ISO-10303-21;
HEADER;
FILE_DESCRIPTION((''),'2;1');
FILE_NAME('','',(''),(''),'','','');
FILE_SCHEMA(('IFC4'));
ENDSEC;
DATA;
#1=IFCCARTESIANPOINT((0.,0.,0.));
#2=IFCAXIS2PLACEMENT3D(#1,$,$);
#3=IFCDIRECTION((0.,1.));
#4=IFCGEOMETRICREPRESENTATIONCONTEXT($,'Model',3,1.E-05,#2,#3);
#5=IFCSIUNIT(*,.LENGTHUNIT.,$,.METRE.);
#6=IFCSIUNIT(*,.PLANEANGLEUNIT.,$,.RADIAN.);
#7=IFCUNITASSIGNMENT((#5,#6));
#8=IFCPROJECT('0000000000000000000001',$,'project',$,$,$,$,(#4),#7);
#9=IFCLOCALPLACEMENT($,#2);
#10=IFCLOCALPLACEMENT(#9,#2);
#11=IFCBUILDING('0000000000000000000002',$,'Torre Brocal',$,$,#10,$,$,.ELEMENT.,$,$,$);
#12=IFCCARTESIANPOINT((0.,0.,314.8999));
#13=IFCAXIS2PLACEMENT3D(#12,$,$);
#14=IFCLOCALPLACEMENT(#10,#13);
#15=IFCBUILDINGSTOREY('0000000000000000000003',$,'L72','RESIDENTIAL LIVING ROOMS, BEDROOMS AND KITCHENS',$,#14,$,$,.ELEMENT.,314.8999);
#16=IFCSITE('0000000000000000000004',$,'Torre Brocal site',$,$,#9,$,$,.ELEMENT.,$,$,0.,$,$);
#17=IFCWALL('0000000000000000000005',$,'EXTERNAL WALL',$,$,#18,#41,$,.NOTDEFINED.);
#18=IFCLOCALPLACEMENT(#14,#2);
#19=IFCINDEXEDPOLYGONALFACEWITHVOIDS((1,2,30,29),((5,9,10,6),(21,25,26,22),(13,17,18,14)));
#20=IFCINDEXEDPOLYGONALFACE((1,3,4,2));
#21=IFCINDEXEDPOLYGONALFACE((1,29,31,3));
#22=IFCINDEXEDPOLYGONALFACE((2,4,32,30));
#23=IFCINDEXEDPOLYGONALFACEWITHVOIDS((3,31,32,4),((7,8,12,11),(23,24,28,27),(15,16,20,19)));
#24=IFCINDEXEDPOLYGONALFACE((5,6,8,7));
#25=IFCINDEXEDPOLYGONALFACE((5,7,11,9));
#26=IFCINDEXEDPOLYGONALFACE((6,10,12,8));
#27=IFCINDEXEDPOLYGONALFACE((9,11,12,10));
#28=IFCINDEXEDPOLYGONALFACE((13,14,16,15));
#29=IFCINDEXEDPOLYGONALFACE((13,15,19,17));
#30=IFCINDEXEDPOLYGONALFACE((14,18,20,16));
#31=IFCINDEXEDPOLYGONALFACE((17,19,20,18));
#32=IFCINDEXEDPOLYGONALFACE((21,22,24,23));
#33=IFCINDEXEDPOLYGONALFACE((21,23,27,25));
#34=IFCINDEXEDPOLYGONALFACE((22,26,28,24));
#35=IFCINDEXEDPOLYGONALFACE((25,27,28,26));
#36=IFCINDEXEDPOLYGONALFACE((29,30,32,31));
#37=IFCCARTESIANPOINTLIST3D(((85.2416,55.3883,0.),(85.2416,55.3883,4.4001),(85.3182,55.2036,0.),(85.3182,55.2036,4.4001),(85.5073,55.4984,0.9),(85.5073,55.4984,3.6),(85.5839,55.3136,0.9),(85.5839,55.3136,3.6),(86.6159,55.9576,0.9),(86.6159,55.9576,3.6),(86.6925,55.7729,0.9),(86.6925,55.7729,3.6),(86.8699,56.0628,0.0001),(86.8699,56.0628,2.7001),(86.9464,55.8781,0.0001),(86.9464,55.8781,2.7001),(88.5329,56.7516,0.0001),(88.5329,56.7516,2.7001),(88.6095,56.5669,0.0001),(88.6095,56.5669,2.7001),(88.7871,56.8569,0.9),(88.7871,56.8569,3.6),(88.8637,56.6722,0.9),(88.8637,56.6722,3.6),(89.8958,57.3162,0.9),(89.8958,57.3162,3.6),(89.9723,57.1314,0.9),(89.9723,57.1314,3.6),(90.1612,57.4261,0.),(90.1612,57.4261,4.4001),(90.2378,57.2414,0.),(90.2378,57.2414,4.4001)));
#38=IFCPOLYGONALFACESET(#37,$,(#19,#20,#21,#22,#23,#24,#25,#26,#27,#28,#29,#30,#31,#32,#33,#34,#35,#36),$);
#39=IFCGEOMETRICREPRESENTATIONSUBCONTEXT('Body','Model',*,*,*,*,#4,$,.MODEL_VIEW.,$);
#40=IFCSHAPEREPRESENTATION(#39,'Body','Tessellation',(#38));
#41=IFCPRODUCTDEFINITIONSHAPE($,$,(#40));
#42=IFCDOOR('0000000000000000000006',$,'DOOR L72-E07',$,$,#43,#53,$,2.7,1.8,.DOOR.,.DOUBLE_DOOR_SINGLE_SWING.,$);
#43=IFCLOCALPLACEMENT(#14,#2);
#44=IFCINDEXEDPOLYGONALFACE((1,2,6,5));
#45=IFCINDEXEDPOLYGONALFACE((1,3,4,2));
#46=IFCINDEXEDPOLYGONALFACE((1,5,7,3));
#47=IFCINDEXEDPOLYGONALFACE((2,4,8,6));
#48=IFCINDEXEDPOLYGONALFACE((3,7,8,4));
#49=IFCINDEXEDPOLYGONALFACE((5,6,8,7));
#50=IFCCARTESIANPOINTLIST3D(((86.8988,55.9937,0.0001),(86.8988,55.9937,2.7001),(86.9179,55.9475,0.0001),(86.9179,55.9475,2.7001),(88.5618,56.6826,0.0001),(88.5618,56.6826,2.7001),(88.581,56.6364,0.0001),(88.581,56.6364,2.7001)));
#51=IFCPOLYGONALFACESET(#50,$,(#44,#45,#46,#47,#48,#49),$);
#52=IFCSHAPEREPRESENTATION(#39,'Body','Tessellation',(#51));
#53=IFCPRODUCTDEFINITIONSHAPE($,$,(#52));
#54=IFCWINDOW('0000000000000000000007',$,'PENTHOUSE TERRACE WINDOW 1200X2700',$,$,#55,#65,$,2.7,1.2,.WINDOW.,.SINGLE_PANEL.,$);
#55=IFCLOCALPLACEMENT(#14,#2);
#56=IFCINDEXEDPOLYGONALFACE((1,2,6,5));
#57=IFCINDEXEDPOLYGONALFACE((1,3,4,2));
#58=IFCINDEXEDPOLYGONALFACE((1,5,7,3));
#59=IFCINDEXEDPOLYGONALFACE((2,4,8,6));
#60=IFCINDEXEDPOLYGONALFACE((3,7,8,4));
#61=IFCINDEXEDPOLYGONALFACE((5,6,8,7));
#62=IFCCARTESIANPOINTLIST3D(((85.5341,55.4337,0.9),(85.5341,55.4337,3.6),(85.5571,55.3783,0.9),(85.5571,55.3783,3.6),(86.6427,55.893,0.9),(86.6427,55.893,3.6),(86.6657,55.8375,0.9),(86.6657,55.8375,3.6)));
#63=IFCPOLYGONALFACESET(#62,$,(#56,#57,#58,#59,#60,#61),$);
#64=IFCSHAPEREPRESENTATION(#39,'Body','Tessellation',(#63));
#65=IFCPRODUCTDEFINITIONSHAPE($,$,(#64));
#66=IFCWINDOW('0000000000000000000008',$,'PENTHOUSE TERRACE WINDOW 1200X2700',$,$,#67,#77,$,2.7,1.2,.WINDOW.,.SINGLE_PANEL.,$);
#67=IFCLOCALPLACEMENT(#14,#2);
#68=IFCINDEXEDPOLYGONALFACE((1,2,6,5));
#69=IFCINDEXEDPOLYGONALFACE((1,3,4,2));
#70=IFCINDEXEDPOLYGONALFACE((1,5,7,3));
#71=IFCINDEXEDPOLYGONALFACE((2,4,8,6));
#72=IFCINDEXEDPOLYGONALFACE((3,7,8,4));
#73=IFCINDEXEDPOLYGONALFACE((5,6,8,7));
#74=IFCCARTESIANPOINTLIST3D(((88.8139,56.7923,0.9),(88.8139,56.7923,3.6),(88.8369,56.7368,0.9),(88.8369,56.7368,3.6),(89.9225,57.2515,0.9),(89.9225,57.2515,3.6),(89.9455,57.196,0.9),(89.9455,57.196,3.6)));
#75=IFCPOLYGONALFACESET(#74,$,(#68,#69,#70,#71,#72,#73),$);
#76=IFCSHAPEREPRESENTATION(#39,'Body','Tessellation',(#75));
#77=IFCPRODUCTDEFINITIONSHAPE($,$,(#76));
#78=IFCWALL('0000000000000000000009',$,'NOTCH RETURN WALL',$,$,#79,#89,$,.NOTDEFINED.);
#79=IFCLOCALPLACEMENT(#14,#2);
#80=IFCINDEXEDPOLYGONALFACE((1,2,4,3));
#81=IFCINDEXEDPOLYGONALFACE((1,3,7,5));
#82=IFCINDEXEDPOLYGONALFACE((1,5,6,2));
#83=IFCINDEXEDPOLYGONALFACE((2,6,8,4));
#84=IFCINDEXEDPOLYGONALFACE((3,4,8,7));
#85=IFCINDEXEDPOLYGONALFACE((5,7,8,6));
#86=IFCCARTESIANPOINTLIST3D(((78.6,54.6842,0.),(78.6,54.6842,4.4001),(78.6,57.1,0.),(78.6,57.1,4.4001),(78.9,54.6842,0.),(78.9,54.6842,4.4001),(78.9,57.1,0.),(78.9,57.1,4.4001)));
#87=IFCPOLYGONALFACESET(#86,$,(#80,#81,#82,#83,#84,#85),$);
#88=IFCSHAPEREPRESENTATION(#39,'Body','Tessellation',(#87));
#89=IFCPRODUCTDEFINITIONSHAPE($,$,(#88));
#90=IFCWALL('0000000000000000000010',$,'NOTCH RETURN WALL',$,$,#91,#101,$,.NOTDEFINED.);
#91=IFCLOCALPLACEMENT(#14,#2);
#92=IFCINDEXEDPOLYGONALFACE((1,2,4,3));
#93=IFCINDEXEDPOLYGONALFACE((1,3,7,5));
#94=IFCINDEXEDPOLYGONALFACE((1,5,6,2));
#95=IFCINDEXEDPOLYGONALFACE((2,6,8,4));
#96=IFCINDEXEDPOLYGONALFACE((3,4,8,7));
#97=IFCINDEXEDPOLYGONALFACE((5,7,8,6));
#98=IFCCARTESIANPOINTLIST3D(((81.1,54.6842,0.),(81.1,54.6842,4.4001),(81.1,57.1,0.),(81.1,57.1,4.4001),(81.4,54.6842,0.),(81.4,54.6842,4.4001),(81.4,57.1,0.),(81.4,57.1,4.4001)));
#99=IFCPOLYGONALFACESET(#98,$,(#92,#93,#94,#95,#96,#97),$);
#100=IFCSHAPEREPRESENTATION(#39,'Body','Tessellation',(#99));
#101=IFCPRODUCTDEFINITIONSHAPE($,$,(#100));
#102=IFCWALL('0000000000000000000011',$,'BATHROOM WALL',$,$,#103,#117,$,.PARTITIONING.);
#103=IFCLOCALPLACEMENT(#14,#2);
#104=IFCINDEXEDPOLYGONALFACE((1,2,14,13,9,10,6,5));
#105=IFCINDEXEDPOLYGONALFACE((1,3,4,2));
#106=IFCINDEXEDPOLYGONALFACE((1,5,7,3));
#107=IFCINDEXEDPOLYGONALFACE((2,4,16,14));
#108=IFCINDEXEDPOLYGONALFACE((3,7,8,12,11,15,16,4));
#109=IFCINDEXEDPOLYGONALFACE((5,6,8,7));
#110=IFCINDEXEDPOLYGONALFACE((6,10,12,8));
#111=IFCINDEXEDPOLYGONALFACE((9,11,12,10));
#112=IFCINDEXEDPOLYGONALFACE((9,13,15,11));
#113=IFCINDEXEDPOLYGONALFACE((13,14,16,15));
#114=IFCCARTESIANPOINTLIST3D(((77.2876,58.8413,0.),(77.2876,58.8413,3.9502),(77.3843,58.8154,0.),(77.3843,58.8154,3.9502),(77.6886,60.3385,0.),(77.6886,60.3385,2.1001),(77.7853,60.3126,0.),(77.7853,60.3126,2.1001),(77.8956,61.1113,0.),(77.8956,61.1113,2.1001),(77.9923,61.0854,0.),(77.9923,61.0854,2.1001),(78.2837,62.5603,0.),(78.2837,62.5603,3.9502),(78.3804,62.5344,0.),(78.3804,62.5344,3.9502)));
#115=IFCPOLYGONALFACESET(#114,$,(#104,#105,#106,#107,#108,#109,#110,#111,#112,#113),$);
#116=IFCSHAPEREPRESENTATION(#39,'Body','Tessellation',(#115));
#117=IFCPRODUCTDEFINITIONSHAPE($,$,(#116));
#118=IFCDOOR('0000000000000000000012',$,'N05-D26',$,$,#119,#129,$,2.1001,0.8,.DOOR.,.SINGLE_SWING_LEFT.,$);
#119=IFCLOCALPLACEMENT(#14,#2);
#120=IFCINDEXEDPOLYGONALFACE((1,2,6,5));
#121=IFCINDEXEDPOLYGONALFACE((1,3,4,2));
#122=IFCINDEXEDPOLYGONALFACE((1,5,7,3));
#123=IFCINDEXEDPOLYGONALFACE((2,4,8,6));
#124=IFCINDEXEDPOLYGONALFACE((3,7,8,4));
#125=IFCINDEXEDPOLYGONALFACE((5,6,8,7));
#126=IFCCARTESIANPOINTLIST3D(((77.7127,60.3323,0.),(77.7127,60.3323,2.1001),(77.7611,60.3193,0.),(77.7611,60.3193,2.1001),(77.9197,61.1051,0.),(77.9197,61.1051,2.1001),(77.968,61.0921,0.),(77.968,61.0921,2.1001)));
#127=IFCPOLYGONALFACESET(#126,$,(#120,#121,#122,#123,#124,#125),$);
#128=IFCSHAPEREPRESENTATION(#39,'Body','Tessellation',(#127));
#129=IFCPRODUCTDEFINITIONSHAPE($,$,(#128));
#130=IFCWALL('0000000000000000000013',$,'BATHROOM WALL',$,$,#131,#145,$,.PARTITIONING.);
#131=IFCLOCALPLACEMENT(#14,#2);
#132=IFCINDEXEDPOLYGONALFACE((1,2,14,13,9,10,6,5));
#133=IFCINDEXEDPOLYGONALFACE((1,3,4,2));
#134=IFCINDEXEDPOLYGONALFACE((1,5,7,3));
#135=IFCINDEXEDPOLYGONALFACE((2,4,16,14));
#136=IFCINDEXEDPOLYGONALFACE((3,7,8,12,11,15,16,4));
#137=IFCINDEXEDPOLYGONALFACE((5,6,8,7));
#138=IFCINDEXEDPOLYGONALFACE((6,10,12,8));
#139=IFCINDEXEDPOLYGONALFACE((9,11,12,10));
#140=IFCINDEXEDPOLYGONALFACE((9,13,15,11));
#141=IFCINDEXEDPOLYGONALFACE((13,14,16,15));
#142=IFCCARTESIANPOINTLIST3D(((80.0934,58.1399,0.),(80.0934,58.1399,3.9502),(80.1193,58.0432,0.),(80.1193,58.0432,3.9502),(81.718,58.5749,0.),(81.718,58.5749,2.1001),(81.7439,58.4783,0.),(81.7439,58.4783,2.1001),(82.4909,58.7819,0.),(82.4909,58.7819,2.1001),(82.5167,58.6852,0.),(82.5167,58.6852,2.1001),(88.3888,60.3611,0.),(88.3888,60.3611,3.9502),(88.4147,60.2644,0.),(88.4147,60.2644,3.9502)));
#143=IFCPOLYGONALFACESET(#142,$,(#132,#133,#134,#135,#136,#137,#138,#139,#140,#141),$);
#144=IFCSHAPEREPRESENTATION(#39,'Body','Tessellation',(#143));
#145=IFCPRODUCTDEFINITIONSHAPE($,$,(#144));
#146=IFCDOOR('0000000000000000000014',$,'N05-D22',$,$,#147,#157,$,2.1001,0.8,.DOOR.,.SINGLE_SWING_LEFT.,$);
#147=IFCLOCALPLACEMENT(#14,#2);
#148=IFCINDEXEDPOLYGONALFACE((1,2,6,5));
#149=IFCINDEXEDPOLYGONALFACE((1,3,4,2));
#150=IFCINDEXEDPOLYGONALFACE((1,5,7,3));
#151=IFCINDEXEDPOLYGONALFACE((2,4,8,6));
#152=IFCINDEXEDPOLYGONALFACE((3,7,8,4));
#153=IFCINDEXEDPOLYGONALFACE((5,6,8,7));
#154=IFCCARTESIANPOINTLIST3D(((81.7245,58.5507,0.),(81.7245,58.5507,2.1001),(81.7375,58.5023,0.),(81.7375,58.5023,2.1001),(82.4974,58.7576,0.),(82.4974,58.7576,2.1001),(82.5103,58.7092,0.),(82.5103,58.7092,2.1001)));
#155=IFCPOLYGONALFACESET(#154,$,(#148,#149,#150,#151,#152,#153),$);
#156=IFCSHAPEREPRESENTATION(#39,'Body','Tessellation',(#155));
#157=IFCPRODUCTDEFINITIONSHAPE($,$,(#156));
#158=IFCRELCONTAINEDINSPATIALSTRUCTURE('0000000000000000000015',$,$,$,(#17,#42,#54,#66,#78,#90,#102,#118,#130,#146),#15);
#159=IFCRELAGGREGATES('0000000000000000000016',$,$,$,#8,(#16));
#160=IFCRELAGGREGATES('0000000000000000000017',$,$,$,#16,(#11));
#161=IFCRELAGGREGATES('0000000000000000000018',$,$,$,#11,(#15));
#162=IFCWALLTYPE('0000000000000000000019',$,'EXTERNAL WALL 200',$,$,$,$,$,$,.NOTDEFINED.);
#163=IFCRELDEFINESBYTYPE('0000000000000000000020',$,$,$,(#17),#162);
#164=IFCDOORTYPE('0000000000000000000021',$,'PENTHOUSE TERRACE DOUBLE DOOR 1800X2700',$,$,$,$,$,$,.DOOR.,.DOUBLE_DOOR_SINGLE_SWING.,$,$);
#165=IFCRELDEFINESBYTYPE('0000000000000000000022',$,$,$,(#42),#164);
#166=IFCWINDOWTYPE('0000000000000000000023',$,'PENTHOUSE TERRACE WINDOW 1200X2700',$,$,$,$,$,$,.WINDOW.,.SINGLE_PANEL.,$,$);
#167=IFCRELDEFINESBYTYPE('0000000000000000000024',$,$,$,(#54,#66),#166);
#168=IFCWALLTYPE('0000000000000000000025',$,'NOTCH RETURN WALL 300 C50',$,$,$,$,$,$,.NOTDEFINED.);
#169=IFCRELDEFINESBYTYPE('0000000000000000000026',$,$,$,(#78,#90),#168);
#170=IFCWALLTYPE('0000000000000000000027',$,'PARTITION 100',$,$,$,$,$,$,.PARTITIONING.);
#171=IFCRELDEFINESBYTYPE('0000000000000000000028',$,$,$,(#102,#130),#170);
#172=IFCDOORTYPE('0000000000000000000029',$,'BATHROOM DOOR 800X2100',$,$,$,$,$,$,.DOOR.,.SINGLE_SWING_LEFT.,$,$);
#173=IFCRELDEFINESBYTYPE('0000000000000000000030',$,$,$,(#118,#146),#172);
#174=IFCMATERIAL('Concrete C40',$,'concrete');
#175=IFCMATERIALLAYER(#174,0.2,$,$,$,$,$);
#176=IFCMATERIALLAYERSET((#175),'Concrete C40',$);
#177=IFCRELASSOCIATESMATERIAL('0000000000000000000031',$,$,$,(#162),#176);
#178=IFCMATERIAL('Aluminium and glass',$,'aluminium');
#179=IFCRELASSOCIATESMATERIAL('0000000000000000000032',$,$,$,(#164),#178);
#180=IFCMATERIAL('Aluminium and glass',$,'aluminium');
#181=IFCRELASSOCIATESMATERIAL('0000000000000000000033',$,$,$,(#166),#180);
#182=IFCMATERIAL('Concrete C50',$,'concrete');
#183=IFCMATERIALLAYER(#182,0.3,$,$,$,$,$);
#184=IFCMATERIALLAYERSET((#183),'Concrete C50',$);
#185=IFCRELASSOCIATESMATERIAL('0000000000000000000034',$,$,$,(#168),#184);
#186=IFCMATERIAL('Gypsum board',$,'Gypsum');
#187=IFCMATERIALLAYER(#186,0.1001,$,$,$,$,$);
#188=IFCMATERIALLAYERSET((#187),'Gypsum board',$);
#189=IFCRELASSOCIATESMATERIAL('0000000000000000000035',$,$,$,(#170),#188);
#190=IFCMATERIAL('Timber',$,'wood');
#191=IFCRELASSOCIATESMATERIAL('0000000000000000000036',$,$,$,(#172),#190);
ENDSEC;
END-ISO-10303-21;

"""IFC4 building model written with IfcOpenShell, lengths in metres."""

from ifc_helpers import new_model, si_unit, direction, frame, frame_2d, origin, place, context, subcontext, project, spatial, rectangle, extrude, material, layer, layer_set, type_object, element, fill, save


model = new_model("IFC4")

# Units and contexts
model_context = context("Model", 3, precision=1e-05, world=origin(), true_north=direction((0.0, 1.0)))
body_context = subcontext(model_context, "Body", "Model", "MODEL_VIEW")
ifc_project = project(units=[si_unit("LENGTHUNIT", "METRE"), si_unit("PLANEANGLEUNIT", "RADIAN")], contexts=[model_context])

# Site, building, storey
site_placement = place(None, origin())
site = spatial("IfcSite", under=ifc_project, at=site_placement, Name="Torre Brocal site", CompositionType="ELEMENT", RefElevation=0.0)
building_placement = place(site_placement, origin())
building = spatial("IfcBuilding", under=site, at=building_placement, Name="Torre Brocal", CompositionType="ELEMENT")
storey_placement = place(building_placement, frame((0.0, 0.0, 314.8999)))
storey = spatial("IfcBuildingStorey", under=building, at=storey_placement, Name="L72", Description="RESIDENTIAL LIVING ROOMS, BEDROOMS AND KITCHENS", CompositionType="ELEMENT", Elevation=314.8999)

# Wall, openings, door, windows
ifc_material_1 = material(Name="Concrete C40", Category="concrete")
ifc_layer_1 = layer(ifc_material_1, 0.2)
ifc_layer_set_1 = layer_set([ifc_layer_1], Name="Concrete C40")
wall_type_1 = type_object("IfcWallType", Name="EXTERNAL WALL 200", PredefinedType="NOTDEFINED", material=ifc_layer_set_1)
wall_1_placement = place(storey_placement, frame((85.2798, 55.2959, 0.0), z_axis=(0.0, 0.0, 1.0), x_axis=(0.923877, 0.382691, 0.0)))
wall_1 = element("IfcWall", 1, at=wall_1_placement, inside=storey, type_object=wall_type_1, Name="EXTERNAL WALL", PredefinedType="NOTDEFINED", context=body_context, shape_type="SweptSolid", body=[
    extrude(rectangle(XDim=5.325, YDim=0.2, at=frame_2d((2.6626, 0.0))), origin(), (0.0, 0.0, 1.0), 4.4001),
])
opening_1_placement = place(wall_1_placement, frame((0.2876, 0.0, 0.8999)))
opening_1 = element("IfcOpeningElement", 2, at=opening_1_placement, cuts=wall_1, PredefinedType="OPENING", context=body_context, shape_type="SweptSolid", body=[
    extrude(rectangle(XDim=1.2, YDim=2.7, at=frame_2d((0.6001, 1.3501))), frame((0.0, 0.1099, 0.0), z_axis=(0.0, -1.0, 0.0), x_axis=(1.0, 0.0, 0.0)), (0.0, 0.0, 1.0), 0.22),
])
opening_2_placement = place(wall_1_placement, frame((1.7627, 0.0, 0.0)))
opening_2 = element("IfcOpeningElement", 3, at=opening_2_placement, cuts=wall_1, PredefinedType="OPENING", context=body_context, shape_type="SweptSolid", body=[
    extrude(rectangle(XDim=1.8, YDim=2.7, at=frame_2d((0.8999, 1.3501))), frame((0.0, 0.1099, 0.0), z_axis=(0.0, -1.0, 0.0), x_axis=(1.0, 0.0, 0.0)), (0.0, 0.0, 1.0), 0.22),
])
opening_3_placement = place(wall_1_placement, frame((3.8376, 0.0, 0.8999)))
opening_3 = element("IfcOpeningElement", 4, at=opening_3_placement, cuts=wall_1, PredefinedType="OPENING", context=body_context, shape_type="SweptSolid", body=[
    extrude(rectangle(XDim=1.2, YDim=2.7, at=frame_2d((0.6001, 1.3501))), frame((0.0, 0.1099, 0.0), z_axis=(0.0, -1.0, 0.0), x_axis=(1.0, 0.0, 0.0)), (0.0, 0.0, 1.0), 0.22),
])
ifc_material_2 = material(Name="Aluminium and glass", Category="aluminium")
door_type_1 = type_object("IfcDoorType", Name="PENTHOUSE TERRACE DOUBLE DOOR 1800X2700", OperationType="DOUBLE_DOOR_SINGLE_SWING", PredefinedType="DOOR", material=ifc_material_2)
door_1_placement = place(opening_2_placement, frame((1.8, 0.0, 0.0), z_axis=(0.0, 0.0, 1.0), x_axis=(-1.0, 0.0, 0.0)))
door_1 = element("IfcDoor", 5, at=door_1_placement, inside=storey, type_object=door_type_1, Name="DOOR L72-E07", OperationType="DOUBLE_DOOR_SINGLE_SWING", OverallHeight=2.7, OverallWidth=1.8, PredefinedType="DOOR", context=body_context, shape_type="SweptSolid", body=[
    extrude(rectangle(XDim=1.8, YDim=2.7, at=frame_2d((0.8999, 1.3501))), frame((0.0, 0.0249, 0.0), z_axis=(0.0, -1.0, 0.0), x_axis=(1.0, 0.0, 0.0)), (0.0, 0.0, 1.0), 0.05),
])
fill(opening_2, door_1)
ifc_material_3 = material(Name="Aluminium and glass", Category="aluminium")
window_type = type_object("IfcWindowType", Name="PENTHOUSE TERRACE WINDOW 1200X2700", PartitioningType="SINGLE_PANEL", PredefinedType="WINDOW", material=ifc_material_3)
window_1_placement = place(opening_1_placement, origin())
window_1 = element("IfcWindow", 6, at=window_1_placement, inside=storey, type_object=window_type, Name="PENTHOUSE TERRACE WINDOW 1200X2700", OverallHeight=2.7, OverallWidth=1.2, PartitioningType="SINGLE_PANEL", PredefinedType="WINDOW", context=body_context, shape_type="SweptSolid", body=[
    extrude(rectangle(XDim=1.2, YDim=2.7, at=frame_2d((0.6001, 1.3501))), frame((0.0, 0.03, 0.0), z_axis=(0.0, -1.0, 0.0), x_axis=(1.0, 0.0, 0.0)), (0.0, 0.0, 1.0), 0.0601),
])
fill(opening_1, window_1)
window_2_placement = place(opening_3_placement, origin())
window_2 = element("IfcWindow", 7, at=window_2_placement, inside=storey, type_object=window_type, Name="PENTHOUSE TERRACE WINDOW 1200X2700", OverallHeight=2.7, OverallWidth=1.2, PartitioningType="SINGLE_PANEL", PredefinedType="WINDOW", context=body_context, shape_type="SweptSolid", body=[
    extrude(rectangle(XDim=1.2, YDim=2.7, at=frame_2d((0.6001, 1.3501))), frame((0.0, 0.03, 0.0), z_axis=(0.0, -1.0, 0.0), x_axis=(1.0, 0.0, 0.0)), (0.0, 0.0, 1.0), 0.0601),
])
fill(opening_3, window_2)

# Walls
ifc_material_4 = material(Name="Concrete C50", Category="concrete")
ifc_layer_2 = layer(ifc_material_4, 0.3)
ifc_layer_set_2 = layer_set([ifc_layer_2], Name="Concrete C50")
wall_type_2 = type_object("IfcWallType", Name="NOTCH RETURN WALL 300 C50", PredefinedType="NOTDEFINED", material=ifc_layer_set_2)
for number, where, z_axis, x_axis, name in (
    (8, (78.75, 57.1001, 0.0), (0.0, 0.0, 1.0), (0.0, -1.0, 0.0), "NOTCH RETURN WALL"),
    (9, (81.25, 57.1001, 0.0), (0.0, 0.0, 1.0), (0.0, -1.0, 0.0), "NOTCH RETURN WALL"),
):
    element("IfcWall", number, at=place(storey_placement, frame(where, z_axis=z_axis, x_axis=x_axis)), inside=storey, type_object=wall_type_2, Name=name, PredefinedType="NOTDEFINED", context=body_context, shape_type="SweptSolid", body=[
        extrude(rectangle(XDim=2.4158, YDim=0.3, at=frame_2d((1.208, 0.0))), origin(), (0.0, 0.0, 1.0), 4.4001),
    ])

# Walls, openings, doors
ifc_material_5 = material(Name="Gypsum board", Category="Gypsum")
ifc_layer_3 = layer(ifc_material_5, 0.1001)
ifc_layer_set_3 = layer_set([ifc_layer_3], Name="Gypsum board")
wall_type_3 = type_object("IfcWallType", Name="PARTITION 100", PredefinedType="PARTITIONING", material=ifc_layer_set_3)
wall_2_placement = place(storey_placement, frame((77.3359, 58.8284, 0.0), z_axis=(0.0, 0.0, 1.0), x_axis=(0.25872, 0.965952, 0.0)))
wall_2 = element("IfcWall", 10, at=wall_2_placement, inside=storey, type_object=wall_type_3, Name="BATHROOM WALL", PredefinedType="PARTITIONING", context=body_context, shape_type="SweptSolid", body=[
    extrude(rectangle(XDim=3.8501, YDim=0.1001, at=frame_2d((1.925, 0.0))), origin(), (0.0, 0.0, 1.0), 3.9502),
])
opening_4_placement = place(wall_2_placement, frame((1.55, 0.0, 0.0)))
opening_4 = element("IfcOpeningElement", 11, at=opening_4_placement, cuts=wall_2, PredefinedType="OPENING", context=body_context, shape_type="SweptSolid", body=[
    extrude(rectangle(XDim=0.8, YDim=2.1001, at=frame_2d((0.3999, 1.05))), frame((0.0, 0.0601, 0.0), z_axis=(0.0, -1.0, 0.0), x_axis=(1.0, 0.0, 0.0)), (0.0, 0.0, 1.0), 0.1201),
])
ifc_material_6 = material(Name="Timber", Category="wood")
door_type_2 = type_object("IfcDoorType", Name="BATHROOM DOOR 800X2100", OperationType="SINGLE_SWING_LEFT", PredefinedType="DOOR", material=ifc_material_6)
door_2_placement = place(opening_4_placement, frame((0.8, 0.0, 0.0), z_axis=(0.0, 0.0, 1.0), x_axis=(-1.0, 0.0, 0.0)))
door_2 = element("IfcDoor", 12, at=door_2_placement, inside=storey, type_object=door_type_2, Name="N05-D26", OperationType="SINGLE_SWING_LEFT", OverallHeight=2.1001, OverallWidth=0.8, PredefinedType="DOOR", context=body_context, shape_type="SweptSolid", body=[
    extrude(rectangle(XDim=0.8, YDim=2.1001, at=frame_2d((0.3999, 1.05))), frame((0.0, 0.0249, 0.0), z_axis=(0.0, -1.0, 0.0), x_axis=(1.0, 0.0, 0.0)), (0.0, 0.0, 1.0), 0.05),
])
fill(opening_4, door_2)
wall_3_placement = place(storey_placement, frame((80.1062, 58.0916, 0.0), z_axis=(0.0, 0.0, 1.0), x_axis=(0.965971, 0.25865, 0.0)))
wall_3 = element("IfcWall", 13, at=wall_3_placement, inside=storey, type_object=wall_type_3, Name="BATHROOM WALL", PredefinedType="PARTITIONING", context=body_context, shape_type="SweptSolid", body=[
    extrude(rectangle(XDim=8.5876, YDim=0.1001, at=frame_2d((4.2939, 0.0))), origin(), (0.0, 0.0, 1.0), 3.9502),
])
opening_5_placement = place(wall_3_placement, frame((1.6821, 0.0, 0.0)))
opening_5 = element("IfcOpeningElement", 14, at=opening_5_placement, cuts=wall_3, PredefinedType="OPENING", context=body_context, shape_type="SweptSolid", body=[
    extrude(rectangle(XDim=0.8, YDim=2.1001, at=frame_2d((0.3999, 1.05))), frame((0.0, 0.0601, 0.0), z_axis=(0.0, -1.0, 0.0), x_axis=(1.0, 0.0, 0.0)), (0.0, 0.0, 1.0), 0.1201),
])
door_3_placement = place(opening_5_placement, origin())
door_3 = element("IfcDoor", 15, at=door_3_placement, inside=storey, type_object=door_type_2, Name="N05-D22", OperationType="SINGLE_SWING_LEFT", OverallHeight=2.1001, OverallWidth=0.8, PredefinedType="DOOR", context=body_context, shape_type="SweptSolid", body=[
    extrude(rectangle(XDim=0.8, YDim=2.1001, at=frame_2d((0.3999, 1.05))), frame((0.0, 0.0249, 0.0), z_axis=(0.0, -1.0, 0.0), x_axis=(1.0, 0.0, 0.0)), (0.0, 0.0, 1.0), 0.05),
])
fill(opening_5, door_3)

save(model, "model.ifc")
